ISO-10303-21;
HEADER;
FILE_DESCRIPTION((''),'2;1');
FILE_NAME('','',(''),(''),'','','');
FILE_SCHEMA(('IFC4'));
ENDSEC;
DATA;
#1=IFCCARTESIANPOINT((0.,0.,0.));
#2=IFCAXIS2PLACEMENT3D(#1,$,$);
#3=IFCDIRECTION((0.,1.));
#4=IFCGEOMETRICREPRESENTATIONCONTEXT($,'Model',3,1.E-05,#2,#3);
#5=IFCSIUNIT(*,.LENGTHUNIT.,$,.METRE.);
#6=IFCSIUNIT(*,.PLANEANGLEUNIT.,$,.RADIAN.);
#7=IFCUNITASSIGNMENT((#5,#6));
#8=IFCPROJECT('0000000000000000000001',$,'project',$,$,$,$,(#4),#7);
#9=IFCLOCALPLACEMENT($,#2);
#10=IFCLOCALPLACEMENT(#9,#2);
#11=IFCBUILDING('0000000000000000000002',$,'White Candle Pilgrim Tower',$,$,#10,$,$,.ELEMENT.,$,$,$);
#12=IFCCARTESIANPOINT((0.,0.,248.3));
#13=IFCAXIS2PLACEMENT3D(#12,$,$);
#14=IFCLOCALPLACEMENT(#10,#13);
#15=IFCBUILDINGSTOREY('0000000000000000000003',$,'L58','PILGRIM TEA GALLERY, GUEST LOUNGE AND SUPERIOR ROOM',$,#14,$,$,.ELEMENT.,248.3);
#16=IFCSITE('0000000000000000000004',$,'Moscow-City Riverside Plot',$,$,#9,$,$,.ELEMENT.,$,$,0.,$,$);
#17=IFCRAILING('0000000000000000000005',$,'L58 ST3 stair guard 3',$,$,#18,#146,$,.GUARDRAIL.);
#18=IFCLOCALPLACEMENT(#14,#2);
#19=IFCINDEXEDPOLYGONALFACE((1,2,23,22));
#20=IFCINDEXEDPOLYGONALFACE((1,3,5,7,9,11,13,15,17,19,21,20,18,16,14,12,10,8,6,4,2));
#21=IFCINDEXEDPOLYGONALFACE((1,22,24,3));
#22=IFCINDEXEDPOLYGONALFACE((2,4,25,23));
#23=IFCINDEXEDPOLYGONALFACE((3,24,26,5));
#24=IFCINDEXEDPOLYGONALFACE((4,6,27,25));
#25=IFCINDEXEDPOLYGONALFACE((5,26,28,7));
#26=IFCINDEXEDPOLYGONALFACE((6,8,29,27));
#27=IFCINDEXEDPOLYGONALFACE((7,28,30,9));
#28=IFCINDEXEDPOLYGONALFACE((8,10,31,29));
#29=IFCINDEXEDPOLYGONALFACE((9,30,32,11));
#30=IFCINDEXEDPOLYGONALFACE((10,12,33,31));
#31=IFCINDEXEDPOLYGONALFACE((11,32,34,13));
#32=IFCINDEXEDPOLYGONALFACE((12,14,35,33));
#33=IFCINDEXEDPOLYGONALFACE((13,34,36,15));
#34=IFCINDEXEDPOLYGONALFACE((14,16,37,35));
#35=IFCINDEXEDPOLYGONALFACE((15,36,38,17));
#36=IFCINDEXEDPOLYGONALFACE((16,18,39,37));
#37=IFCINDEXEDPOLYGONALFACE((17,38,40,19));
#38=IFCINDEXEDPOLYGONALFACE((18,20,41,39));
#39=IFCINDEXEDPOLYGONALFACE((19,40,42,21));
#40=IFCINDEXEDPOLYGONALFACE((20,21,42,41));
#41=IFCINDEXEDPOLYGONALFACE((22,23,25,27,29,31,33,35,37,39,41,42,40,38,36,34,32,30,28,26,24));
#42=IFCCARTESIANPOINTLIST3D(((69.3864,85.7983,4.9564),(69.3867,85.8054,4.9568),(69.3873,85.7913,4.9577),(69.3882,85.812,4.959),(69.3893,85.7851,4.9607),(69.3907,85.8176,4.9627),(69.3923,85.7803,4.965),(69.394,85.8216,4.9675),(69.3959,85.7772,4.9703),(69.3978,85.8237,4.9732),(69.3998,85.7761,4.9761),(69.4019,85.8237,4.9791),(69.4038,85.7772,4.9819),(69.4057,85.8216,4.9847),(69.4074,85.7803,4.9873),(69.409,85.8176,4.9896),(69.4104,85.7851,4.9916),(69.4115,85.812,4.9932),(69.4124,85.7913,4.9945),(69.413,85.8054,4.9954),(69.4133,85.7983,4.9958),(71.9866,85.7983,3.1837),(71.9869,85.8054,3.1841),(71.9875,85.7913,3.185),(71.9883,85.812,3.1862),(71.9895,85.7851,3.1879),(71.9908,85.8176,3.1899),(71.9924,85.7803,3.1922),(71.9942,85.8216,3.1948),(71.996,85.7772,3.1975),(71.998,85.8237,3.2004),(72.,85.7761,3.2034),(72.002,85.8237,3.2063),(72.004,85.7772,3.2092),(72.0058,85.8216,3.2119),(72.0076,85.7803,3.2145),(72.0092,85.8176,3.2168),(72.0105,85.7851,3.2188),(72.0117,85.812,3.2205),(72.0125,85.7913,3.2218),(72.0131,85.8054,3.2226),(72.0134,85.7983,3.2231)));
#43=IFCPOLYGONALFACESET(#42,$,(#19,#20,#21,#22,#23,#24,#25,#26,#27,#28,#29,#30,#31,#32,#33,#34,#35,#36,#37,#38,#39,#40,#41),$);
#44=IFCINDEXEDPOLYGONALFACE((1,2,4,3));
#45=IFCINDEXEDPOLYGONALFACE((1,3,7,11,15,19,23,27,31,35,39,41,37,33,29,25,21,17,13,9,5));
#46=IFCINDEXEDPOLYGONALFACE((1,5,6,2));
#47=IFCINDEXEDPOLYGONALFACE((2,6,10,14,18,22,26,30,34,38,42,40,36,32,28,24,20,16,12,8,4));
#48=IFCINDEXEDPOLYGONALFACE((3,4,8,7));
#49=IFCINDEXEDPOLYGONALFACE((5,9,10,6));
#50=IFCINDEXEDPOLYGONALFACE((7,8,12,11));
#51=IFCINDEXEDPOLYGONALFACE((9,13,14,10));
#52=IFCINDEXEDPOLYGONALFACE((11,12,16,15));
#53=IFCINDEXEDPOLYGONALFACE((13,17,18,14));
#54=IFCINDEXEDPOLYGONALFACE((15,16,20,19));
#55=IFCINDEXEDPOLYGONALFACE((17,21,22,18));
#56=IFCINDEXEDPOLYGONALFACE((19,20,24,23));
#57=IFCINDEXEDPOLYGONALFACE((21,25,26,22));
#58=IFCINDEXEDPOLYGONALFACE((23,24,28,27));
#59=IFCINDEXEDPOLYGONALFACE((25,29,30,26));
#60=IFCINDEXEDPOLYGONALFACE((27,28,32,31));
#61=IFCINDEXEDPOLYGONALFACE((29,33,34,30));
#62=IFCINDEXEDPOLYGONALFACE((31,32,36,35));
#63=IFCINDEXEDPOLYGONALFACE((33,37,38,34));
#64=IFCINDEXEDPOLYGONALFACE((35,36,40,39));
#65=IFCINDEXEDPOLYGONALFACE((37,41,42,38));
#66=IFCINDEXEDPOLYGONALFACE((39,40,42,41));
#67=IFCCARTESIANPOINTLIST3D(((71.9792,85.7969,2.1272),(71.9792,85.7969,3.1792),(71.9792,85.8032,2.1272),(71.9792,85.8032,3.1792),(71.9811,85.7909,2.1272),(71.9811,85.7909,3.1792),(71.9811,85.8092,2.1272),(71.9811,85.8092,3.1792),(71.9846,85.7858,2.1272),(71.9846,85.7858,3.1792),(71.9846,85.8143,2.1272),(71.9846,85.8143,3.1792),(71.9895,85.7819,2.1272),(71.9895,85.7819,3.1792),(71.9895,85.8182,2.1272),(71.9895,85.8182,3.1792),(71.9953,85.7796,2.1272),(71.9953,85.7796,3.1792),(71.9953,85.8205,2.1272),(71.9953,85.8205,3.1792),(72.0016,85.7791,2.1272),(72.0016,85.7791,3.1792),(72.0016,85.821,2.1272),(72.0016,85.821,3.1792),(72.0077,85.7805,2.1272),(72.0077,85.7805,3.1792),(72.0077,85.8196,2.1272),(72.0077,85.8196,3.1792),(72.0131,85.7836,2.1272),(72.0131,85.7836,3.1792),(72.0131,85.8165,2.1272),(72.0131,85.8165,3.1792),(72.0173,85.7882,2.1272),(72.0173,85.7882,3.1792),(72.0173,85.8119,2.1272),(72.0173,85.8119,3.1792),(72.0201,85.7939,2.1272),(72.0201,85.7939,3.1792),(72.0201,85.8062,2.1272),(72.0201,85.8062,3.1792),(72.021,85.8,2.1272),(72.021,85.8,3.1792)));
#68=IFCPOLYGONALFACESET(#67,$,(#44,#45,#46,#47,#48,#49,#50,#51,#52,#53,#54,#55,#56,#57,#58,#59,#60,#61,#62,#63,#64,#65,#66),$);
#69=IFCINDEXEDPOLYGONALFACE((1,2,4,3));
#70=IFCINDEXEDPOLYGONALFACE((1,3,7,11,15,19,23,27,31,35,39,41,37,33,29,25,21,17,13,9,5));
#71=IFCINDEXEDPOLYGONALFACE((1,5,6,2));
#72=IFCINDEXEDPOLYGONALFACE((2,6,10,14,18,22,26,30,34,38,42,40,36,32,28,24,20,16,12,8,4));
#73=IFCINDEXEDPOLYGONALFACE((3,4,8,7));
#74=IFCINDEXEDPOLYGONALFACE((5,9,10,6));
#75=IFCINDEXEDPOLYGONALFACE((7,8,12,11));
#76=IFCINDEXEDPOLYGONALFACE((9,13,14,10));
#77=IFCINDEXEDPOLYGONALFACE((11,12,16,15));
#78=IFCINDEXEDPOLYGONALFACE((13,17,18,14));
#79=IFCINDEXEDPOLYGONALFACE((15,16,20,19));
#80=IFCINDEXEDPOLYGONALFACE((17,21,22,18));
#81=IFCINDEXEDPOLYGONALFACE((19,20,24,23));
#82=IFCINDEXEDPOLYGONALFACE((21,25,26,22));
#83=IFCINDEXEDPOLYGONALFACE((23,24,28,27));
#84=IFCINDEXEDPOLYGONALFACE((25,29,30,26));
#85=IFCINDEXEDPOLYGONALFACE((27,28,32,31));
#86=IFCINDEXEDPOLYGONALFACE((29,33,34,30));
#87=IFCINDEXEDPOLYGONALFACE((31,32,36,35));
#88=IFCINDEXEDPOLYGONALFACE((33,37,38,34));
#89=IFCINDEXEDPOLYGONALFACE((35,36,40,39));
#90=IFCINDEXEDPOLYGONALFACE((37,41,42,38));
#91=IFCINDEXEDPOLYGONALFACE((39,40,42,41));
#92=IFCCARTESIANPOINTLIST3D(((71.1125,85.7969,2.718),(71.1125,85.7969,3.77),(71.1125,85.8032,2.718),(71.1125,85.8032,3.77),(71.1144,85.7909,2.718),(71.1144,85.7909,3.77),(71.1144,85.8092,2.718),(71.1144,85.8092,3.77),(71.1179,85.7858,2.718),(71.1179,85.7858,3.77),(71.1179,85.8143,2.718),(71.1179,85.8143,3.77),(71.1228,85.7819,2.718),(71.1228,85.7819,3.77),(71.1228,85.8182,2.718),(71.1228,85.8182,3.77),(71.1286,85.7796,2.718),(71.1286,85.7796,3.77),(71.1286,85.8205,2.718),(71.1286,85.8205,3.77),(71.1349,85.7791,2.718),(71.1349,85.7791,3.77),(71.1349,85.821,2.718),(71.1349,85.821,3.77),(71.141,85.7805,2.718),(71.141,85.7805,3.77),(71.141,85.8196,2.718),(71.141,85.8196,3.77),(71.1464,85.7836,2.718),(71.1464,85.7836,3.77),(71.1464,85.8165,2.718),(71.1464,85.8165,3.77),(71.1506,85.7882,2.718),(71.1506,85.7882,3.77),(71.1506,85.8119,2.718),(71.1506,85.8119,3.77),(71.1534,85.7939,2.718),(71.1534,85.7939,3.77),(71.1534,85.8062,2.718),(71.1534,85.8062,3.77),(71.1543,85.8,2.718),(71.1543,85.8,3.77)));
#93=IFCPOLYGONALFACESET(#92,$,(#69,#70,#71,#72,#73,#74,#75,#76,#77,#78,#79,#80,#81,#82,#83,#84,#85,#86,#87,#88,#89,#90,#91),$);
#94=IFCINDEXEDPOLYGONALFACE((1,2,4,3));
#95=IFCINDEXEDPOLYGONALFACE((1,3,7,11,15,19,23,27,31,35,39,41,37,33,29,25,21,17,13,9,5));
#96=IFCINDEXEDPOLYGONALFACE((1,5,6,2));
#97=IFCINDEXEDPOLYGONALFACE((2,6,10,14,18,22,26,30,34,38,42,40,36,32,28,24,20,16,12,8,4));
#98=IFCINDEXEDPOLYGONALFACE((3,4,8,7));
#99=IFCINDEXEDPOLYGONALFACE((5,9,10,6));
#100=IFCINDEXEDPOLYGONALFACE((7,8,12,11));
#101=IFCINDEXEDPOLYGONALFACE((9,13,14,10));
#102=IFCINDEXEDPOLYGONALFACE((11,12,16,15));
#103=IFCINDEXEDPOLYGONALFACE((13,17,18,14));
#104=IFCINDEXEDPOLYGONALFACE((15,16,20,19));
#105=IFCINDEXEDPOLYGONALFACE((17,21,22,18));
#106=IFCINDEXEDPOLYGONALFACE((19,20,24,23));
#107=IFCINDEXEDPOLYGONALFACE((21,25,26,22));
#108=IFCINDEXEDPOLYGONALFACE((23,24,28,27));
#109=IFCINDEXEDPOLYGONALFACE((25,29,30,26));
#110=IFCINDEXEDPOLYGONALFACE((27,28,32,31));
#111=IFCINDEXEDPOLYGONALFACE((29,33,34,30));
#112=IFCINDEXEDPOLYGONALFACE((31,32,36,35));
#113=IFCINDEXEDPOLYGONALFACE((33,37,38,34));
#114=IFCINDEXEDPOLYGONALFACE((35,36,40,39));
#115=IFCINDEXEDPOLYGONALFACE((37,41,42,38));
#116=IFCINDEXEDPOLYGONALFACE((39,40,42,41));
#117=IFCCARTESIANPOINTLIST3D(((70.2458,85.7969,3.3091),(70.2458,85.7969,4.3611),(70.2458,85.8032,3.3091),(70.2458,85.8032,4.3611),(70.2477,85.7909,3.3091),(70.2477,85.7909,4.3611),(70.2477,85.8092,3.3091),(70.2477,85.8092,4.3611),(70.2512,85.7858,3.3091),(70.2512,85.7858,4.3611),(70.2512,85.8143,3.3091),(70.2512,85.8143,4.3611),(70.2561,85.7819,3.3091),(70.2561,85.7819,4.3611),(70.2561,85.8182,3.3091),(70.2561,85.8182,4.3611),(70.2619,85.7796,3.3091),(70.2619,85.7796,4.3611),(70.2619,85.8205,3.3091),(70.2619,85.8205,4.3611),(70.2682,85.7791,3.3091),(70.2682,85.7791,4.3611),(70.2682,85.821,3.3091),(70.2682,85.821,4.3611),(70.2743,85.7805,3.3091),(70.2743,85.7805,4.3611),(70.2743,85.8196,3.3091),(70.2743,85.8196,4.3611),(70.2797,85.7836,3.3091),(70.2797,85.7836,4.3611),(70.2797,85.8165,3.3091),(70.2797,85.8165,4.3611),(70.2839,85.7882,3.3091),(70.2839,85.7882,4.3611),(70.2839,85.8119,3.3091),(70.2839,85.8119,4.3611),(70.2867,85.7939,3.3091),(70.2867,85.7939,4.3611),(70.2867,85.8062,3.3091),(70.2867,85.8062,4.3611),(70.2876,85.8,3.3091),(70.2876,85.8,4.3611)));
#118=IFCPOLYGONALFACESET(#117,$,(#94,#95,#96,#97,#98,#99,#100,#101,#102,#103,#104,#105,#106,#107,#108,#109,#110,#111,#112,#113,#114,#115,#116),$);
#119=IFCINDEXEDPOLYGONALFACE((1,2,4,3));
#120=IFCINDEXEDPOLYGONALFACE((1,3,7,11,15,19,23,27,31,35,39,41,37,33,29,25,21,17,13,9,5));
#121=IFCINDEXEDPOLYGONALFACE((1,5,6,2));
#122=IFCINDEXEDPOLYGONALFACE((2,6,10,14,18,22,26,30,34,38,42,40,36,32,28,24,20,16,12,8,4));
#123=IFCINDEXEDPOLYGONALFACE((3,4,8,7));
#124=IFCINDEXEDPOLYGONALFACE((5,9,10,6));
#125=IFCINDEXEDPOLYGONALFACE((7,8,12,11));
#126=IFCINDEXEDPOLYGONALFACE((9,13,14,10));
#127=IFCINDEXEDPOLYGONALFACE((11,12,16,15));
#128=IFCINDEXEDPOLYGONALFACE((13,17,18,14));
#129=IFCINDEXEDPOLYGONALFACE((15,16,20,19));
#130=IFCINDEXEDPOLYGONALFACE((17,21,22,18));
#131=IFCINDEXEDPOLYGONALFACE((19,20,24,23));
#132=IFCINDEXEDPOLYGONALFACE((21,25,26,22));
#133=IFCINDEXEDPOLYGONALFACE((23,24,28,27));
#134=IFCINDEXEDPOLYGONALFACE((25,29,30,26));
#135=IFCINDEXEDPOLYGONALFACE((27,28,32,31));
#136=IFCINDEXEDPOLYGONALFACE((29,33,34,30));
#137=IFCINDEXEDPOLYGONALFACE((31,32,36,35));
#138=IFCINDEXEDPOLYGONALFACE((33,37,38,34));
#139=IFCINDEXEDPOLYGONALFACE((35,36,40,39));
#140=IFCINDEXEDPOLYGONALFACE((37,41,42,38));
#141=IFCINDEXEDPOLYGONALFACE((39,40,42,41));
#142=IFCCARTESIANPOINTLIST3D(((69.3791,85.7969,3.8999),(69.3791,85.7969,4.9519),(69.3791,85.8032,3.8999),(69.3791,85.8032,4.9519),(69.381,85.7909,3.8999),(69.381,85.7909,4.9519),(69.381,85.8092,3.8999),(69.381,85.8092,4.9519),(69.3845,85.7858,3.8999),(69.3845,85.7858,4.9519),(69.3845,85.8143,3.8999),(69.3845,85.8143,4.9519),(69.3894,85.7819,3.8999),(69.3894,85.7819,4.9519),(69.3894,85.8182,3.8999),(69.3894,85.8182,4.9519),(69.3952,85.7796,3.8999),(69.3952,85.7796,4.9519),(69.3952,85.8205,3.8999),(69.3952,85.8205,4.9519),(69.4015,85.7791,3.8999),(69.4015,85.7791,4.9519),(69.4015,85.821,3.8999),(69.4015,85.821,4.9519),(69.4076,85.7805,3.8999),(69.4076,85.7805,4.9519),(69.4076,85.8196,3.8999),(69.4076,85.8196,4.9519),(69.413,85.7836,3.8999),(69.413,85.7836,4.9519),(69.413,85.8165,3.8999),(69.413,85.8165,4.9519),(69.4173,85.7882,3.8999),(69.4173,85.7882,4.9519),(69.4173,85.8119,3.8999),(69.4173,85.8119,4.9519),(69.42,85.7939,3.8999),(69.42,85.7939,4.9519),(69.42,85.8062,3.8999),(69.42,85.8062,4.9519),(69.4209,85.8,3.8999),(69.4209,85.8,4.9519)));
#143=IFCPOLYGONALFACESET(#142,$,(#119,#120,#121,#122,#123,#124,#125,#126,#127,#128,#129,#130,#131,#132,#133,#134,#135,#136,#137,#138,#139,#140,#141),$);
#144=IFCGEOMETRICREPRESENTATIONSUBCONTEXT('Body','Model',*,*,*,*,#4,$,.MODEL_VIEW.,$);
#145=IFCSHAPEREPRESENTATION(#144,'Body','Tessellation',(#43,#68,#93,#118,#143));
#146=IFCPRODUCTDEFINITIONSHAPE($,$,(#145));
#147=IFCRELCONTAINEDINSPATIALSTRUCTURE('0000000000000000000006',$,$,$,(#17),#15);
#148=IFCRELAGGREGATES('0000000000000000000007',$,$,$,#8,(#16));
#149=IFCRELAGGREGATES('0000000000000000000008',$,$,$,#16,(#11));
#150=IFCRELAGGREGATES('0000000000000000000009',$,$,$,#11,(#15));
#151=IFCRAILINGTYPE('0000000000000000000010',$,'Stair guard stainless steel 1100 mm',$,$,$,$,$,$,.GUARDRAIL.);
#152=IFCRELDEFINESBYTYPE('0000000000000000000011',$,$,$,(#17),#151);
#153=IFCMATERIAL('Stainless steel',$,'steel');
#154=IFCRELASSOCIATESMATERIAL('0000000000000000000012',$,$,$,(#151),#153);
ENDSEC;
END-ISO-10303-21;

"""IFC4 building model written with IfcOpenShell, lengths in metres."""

from ifc_helpers import new_model, si_unit, direction, frame, origin, origin_2d, place, context, subcontext, project, spatial, circle, extrude, material, type_object, element, save


model = new_model("IFC4")

# Units and contexts
model_context = context("Model", 3, precision=1e-05, world=origin(), true_north=direction((0.0, 1.0)))
body_context = subcontext(model_context, "Body", "Model", "MODEL_VIEW")
ifc_project = project(units=[si_unit("LENGTHUNIT", "METRE"), si_unit("PLANEANGLEUNIT", "RADIAN")], contexts=[model_context])

# Site, building, storey
site_placement = place(None, origin())
site = spatial("IfcSite", under=ifc_project, at=site_placement, Name="Moscow-City Riverside Plot", CompositionType="ELEMENT", RefElevation=0.0)
building_placement = place(site_placement, origin())
building = spatial("IfcBuilding", under=site, at=building_placement, Name="White Candle Pilgrim Tower", CompositionType="ELEMENT")
storey_placement = place(building_placement, frame((0.0, 0.0, 248.3)))
storey = spatial("IfcBuildingStorey", under=building, at=storey_placement, Name="L58", Description="PILGRIM TEA GALLERY, GUEST LOUNGE AND SUPERIOR ROOM", CompositionType="ELEMENT", Elevation=248.3)

# Railing
ifc_material_1 = material(Name="Stainless steel", Category="steel")
railing_type_1 = type_object("IfcRailingType", Name="Stair guard stainless steel 1100 mm", PredefinedType="GUARDRAIL", material=ifc_material_1)
railing_1_placement = place(storey_placement, frame((72.0, 85.8, 2.1272)))
element("IfcRailing", 1, at=railing_1_placement, inside=storey, type_object=railing_type_1, Name="L58 ST3 stair guard 3", PredefinedType="GUARDRAIL", context=body_context, shape_type="SweptSolid", body=[
    extrude(circle(Radius=0.0239, at=origin_2d()), frame((0.0, 0.0, 1.0762), z_axis=(-0.82624, 0.0, 0.563318), x_axis=(0.0, -1.0, 0.0)), (0.0, 0.0, 1.0), 3.147),
    extrude(circle(Radius=0.021, at=origin_2d()), origin(), (0.0, 0.0, 1.0), 1.052),
    extrude(circle(Radius=0.021, at=origin_2d()), frame((-0.8667, 0.0, 0.5908)), (0.0, 0.0, 1.0), 1.052),
    extrude(circle(Radius=0.021, at=origin_2d()), frame((-1.7334, 0.0, 1.1819)), (0.0, 0.0, 1.0), 1.052),
    extrude(circle(Radius=0.021, at=origin_2d()), frame((-2.6001, 0.0, 1.7727)), (0.0, 0.0, 1.0), 1.052),
])

save(model, "model.ifc")
